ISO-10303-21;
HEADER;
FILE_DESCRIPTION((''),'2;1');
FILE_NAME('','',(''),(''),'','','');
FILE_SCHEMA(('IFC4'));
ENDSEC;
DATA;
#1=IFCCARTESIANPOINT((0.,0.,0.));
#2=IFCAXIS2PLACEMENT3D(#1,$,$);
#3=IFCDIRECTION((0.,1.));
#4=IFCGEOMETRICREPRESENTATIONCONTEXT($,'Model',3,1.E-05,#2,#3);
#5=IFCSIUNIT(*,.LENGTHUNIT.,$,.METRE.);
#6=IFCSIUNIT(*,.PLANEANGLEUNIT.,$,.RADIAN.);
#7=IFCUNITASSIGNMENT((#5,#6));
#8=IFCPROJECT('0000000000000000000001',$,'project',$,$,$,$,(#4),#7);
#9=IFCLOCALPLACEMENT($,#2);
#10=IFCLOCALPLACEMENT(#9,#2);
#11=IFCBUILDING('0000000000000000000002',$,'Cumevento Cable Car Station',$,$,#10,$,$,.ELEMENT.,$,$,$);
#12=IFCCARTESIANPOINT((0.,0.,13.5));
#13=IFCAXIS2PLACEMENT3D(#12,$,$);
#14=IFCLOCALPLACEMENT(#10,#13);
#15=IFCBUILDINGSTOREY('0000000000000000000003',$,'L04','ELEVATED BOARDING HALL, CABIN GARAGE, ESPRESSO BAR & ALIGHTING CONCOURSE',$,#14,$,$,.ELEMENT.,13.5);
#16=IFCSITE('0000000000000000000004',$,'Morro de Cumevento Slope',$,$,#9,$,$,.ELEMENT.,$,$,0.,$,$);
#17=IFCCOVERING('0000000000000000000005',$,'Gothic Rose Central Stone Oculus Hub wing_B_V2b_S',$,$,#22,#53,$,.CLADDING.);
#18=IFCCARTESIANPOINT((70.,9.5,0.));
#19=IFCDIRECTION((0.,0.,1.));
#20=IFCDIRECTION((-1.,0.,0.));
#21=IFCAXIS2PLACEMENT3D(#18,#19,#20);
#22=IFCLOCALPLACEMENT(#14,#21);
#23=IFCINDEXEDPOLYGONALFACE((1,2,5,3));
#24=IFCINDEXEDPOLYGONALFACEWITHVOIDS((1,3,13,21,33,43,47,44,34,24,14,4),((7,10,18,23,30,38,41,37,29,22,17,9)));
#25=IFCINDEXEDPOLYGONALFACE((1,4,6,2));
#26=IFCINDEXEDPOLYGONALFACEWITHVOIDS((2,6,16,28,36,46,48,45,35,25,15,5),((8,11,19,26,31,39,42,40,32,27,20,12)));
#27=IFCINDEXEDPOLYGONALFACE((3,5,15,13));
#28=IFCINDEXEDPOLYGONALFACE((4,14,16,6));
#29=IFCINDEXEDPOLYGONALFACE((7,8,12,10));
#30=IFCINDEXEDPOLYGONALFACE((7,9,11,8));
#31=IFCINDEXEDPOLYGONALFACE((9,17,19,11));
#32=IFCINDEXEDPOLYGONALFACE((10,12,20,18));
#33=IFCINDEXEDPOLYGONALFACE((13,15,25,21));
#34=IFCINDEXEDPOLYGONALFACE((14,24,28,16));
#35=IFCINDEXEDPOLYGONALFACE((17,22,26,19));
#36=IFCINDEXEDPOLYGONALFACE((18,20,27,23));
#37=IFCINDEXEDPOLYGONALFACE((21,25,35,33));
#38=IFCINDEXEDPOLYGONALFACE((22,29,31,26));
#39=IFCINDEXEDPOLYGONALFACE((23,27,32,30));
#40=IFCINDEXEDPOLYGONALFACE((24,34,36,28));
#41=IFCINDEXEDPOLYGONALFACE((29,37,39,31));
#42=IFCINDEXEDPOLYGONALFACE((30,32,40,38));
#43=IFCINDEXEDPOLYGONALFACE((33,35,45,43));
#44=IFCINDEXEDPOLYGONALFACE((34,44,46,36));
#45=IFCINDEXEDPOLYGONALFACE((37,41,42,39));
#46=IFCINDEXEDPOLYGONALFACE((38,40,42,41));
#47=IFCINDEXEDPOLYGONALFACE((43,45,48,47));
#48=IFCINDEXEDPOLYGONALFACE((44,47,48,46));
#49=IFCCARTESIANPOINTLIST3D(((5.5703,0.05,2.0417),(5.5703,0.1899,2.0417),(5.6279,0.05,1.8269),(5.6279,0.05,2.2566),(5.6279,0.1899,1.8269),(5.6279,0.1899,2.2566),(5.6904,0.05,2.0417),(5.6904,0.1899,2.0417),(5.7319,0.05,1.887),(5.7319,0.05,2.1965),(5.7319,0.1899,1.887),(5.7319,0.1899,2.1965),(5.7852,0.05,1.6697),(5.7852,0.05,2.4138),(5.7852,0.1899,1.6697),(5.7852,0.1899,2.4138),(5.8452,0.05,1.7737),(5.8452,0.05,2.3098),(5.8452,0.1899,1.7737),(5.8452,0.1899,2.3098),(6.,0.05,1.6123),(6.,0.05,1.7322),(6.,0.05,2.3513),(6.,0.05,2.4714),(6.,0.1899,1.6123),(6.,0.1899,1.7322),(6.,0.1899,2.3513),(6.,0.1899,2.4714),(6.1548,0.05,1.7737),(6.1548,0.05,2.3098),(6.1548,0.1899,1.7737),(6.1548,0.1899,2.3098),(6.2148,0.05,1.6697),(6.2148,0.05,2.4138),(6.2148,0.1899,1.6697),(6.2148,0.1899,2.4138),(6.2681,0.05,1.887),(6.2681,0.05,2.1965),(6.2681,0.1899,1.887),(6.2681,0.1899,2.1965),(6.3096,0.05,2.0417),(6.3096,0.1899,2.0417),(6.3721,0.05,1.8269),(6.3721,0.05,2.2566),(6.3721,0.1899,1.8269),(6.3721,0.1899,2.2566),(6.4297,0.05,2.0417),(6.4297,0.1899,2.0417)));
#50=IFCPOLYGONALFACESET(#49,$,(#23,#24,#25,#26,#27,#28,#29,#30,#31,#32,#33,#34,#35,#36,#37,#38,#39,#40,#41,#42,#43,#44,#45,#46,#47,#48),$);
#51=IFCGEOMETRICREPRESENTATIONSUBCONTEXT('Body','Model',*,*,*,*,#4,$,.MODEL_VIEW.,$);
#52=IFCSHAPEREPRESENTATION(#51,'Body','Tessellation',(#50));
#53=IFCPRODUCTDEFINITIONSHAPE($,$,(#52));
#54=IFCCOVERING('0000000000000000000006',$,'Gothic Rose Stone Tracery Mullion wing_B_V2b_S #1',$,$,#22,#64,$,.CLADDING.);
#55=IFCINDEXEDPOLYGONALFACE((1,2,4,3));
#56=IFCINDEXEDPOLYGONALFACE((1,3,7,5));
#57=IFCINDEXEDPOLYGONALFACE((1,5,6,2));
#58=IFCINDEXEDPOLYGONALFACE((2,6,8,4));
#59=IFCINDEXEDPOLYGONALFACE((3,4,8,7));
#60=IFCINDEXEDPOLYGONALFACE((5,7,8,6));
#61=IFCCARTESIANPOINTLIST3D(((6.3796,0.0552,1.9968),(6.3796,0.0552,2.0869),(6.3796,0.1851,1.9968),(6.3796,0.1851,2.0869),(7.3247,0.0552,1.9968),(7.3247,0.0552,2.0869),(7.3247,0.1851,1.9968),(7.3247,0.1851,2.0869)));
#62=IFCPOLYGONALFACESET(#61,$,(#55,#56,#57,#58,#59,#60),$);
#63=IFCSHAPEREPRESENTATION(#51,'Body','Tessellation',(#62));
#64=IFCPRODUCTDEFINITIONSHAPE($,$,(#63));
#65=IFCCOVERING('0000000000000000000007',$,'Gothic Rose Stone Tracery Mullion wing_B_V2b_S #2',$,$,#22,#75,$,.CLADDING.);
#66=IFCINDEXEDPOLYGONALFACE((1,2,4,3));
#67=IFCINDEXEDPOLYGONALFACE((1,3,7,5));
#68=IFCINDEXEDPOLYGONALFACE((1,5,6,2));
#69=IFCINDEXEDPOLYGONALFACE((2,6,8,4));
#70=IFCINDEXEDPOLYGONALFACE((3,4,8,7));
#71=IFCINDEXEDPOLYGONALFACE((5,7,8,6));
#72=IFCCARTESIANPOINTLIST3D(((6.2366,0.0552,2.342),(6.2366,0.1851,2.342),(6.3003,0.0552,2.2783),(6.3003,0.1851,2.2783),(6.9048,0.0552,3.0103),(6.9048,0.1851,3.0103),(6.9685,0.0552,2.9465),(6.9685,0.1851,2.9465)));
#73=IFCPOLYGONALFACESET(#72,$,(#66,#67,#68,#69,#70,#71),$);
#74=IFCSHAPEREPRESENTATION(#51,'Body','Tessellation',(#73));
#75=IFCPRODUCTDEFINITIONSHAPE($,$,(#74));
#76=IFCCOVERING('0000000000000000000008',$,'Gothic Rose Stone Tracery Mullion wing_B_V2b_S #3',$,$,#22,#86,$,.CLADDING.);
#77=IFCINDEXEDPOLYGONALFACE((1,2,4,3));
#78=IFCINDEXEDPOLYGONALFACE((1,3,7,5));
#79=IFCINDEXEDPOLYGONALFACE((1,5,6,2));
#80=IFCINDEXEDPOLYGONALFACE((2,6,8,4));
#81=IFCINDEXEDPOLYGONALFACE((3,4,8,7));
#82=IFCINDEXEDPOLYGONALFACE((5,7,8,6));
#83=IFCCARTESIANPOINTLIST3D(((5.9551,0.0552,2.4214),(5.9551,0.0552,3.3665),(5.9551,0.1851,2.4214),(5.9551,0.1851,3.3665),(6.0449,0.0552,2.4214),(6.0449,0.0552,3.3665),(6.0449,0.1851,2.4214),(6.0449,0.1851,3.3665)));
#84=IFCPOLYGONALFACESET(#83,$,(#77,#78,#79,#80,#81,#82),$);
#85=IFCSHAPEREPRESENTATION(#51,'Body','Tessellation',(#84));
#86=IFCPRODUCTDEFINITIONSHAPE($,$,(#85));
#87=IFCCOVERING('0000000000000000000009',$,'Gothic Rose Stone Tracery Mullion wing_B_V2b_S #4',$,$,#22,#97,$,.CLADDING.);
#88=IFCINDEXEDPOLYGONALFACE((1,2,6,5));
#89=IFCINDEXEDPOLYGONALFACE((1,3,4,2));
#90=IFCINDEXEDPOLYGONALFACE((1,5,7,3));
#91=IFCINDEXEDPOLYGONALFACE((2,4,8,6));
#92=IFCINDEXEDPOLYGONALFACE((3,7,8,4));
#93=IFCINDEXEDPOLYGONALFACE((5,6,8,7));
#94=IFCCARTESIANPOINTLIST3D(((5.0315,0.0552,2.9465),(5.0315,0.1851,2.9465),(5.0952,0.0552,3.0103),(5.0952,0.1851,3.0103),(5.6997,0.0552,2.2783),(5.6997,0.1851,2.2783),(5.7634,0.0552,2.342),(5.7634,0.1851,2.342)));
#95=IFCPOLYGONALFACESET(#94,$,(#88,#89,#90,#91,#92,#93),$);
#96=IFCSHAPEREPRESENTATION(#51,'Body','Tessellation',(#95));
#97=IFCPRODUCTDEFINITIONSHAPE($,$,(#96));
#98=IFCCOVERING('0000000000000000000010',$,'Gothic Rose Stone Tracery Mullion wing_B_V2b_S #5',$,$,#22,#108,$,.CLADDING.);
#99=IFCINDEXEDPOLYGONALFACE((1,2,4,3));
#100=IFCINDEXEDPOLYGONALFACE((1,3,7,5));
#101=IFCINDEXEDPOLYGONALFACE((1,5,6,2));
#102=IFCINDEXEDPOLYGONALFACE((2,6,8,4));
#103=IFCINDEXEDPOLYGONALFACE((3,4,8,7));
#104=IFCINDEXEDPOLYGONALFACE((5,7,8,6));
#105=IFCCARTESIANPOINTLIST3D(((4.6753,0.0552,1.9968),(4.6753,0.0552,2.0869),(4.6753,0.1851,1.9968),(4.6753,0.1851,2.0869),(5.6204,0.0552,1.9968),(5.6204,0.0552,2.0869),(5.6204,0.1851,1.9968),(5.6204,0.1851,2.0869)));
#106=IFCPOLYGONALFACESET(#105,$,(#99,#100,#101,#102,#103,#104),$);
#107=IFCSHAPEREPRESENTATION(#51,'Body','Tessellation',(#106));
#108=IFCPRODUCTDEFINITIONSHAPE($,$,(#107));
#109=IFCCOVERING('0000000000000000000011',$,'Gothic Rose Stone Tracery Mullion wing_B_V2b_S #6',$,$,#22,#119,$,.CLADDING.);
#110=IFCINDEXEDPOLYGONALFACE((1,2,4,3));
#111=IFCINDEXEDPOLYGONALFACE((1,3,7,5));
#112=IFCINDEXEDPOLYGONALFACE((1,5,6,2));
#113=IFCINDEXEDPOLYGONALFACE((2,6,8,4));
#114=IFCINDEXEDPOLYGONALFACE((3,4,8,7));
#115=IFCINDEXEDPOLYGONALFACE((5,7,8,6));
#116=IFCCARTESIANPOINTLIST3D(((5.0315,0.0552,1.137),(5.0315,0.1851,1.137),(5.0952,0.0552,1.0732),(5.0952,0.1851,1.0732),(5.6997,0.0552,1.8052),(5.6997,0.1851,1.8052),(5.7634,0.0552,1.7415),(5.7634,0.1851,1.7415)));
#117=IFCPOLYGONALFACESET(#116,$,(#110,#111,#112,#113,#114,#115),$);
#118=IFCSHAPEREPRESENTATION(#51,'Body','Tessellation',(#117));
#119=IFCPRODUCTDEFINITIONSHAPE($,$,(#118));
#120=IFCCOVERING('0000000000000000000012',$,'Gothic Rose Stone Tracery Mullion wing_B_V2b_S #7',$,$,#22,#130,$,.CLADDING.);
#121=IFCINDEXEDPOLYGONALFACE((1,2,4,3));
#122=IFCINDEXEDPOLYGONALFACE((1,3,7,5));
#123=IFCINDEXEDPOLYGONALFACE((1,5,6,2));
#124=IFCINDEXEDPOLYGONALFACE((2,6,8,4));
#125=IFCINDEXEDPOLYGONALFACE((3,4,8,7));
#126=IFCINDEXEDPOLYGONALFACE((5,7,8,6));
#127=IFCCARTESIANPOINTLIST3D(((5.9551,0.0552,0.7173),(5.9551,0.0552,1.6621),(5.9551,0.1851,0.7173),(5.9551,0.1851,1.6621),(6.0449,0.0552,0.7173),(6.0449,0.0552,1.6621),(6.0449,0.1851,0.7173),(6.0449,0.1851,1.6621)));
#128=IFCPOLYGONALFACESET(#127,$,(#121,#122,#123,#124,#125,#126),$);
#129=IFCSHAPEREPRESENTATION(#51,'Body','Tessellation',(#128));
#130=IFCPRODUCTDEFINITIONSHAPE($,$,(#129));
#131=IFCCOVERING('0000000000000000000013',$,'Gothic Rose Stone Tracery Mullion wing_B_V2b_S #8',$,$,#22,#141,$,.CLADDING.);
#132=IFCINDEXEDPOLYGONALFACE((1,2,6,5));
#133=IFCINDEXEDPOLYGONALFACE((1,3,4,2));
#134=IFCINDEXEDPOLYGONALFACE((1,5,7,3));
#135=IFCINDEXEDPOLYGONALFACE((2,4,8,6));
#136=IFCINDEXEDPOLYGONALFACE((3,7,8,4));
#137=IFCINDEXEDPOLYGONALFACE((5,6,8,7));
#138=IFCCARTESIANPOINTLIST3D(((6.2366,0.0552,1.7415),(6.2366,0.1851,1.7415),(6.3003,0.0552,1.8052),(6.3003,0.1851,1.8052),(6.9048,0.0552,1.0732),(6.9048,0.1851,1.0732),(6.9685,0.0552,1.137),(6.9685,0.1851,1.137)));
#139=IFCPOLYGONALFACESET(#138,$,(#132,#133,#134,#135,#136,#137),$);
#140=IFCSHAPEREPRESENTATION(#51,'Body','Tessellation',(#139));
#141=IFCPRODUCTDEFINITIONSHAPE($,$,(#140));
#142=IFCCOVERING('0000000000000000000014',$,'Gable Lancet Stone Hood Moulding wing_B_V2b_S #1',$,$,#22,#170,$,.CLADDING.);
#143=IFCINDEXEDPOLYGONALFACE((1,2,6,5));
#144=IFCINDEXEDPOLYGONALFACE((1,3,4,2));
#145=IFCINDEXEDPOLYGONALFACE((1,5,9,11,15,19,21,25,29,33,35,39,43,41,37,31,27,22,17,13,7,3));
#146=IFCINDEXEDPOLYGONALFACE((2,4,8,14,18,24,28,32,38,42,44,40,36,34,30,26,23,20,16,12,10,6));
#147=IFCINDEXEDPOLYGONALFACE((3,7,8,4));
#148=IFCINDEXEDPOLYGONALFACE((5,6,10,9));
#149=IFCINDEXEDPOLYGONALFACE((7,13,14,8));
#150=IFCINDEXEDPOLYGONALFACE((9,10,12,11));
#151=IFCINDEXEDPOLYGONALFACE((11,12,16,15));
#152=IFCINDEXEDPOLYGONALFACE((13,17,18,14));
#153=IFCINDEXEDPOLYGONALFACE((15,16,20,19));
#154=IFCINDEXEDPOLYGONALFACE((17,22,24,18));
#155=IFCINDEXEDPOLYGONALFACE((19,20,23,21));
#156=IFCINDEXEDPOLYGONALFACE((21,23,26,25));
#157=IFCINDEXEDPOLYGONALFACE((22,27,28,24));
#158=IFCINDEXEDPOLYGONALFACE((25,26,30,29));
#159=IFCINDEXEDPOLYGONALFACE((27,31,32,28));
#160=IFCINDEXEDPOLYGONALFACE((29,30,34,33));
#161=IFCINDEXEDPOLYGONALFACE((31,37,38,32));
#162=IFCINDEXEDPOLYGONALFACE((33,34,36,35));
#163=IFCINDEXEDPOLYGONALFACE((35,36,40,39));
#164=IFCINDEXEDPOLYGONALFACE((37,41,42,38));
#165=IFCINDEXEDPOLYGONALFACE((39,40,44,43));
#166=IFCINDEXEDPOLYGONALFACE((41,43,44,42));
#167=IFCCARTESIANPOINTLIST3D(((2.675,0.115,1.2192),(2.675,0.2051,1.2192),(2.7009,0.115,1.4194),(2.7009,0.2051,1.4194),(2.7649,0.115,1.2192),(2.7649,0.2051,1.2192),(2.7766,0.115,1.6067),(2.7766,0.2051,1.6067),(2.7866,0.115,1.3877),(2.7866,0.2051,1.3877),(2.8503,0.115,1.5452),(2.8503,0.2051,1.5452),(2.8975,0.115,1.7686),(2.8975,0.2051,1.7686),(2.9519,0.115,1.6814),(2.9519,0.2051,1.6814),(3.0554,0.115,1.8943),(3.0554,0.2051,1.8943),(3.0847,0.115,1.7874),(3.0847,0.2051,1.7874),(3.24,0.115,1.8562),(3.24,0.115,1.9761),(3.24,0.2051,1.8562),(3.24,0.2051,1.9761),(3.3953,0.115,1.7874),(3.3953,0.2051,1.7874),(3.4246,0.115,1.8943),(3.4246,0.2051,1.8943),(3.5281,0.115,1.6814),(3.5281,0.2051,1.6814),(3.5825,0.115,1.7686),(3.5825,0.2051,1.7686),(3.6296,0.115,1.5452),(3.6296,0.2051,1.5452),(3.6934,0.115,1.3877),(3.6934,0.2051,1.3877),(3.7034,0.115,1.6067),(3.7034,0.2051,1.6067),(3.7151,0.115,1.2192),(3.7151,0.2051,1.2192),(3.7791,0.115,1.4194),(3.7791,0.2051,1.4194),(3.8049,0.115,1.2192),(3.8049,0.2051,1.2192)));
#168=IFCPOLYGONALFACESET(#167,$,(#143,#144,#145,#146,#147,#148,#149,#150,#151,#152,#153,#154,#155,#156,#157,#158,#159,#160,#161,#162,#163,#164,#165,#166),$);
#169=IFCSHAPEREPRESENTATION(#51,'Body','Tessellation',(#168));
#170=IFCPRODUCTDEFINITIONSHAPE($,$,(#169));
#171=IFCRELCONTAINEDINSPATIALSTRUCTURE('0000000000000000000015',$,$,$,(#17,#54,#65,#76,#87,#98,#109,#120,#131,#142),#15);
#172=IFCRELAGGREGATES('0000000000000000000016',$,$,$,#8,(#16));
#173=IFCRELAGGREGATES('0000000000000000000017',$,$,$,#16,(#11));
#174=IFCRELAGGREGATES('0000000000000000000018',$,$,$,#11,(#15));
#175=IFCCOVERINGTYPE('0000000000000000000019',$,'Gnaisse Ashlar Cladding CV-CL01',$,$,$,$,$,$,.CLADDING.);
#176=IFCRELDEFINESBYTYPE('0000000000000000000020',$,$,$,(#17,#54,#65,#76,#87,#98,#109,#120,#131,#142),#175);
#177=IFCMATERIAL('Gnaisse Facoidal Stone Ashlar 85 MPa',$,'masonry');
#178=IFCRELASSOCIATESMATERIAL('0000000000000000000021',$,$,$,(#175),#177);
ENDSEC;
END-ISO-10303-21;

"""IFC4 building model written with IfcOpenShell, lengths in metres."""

from ifc_helpers import new_model, si_unit, direction, frame, origin, place, context, subcontext, project, spatial, polyline, outline, extrude, material, type_object, element, save


model = new_model("IFC4")

# Units and contexts
model_context = context("Model", 3, precision=1e-05, world=origin(), true_north=direction((0.0, 1.0)))
body_context = subcontext(model_context, "Body", "Model", "MODEL_VIEW")
ifc_project = project(units=[si_unit("LENGTHUNIT", "METRE"), si_unit("PLANEANGLEUNIT", "RADIAN")], contexts=[model_context])

# Site, building, storey
site_placement = place(None, origin())
site = spatial("IfcSite", under=ifc_project, at=site_placement, Name="Morro de Cumevento Slope", CompositionType="ELEMENT", RefElevation=0.0)
building_placement = place(site_placement, origin())
building = spatial("IfcBuilding", under=site, at=building_placement, Name="Cumevento Cable Car Station", CompositionType="ELEMENT")
storey_placement = place(building_placement, frame((0.0, 0.0, 13.5)))
storey = spatial("IfcBuildingStorey", under=building, at=storey_placement, Name="L04", Description="ELEVATED BOARDING HALL, CABIN GARAGE, ESPRESSO BAR & ALIGHTING CONCOURSE", CompositionType="ELEMENT", Elevation=13.5)

# Coverings
ifc_material_1 = material(Name="Gnaisse Facoidal Stone Ashlar 85 MPa", Category="masonry")
covering_type = type_object("IfcCoveringType", Name="Gnaisse Ashlar Cladding CV-CL01", PredefinedType="CLADDING", material=ifc_material_1)
placement = place(storey_placement, frame((70.0, 9.5, 0.0), z_axis=(0.0, 0.0, 1.0), x_axis=(-1.0, 0.0, 0.0)))
element("IfcCovering", 1, at=placement, inside=storey, type_object=covering_type, Name="Gothic Rose Central Stone Oculus Hub wing_B_V2b_S", PredefinedType="CLADDING", context=body_context, shape_type="SweptSolid", body=[
    extrude(outline(polyline([(6.4297, 2.0417), (6.3721, 2.2566), (6.2148, 2.4138), (6.0, 2.4714), (5.7852, 2.4138), (5.6279, 2.2566), (5.5703, 2.0417), (5.6279, 1.8269), (5.7852, 1.6697), (6.0, 1.6123), (6.2148, 1.6697), (6.3721, 1.8269), (6.4297, 2.0417)]), holes=[polyline([(6.3096, 2.0417), (6.2681, 2.1965), (6.1548, 2.3098), (6.0, 2.3513), (5.8452, 2.3098), (5.7319, 2.1965), (5.6904, 2.0417), (5.7319, 1.887), (5.8452, 1.7737), (6.0, 1.7322), (6.1548, 1.7737), (6.2681, 1.887), (6.3096, 2.0417)])]), frame((0.0, 0.1899, 0.0), z_axis=(0.0, -1.0, 0.0), x_axis=(1.0, 0.0, 0.0)), (0.0, 0.0, 1.0), 0.1399),
])
element("IfcCovering", 2, at=placement, inside=storey, type_object=covering_type, Name="Gothic Rose Stone Tracery Mullion wing_B_V2b_S #1", PredefinedType="CLADDING", context=body_context, shape_type="SweptSolid", body=[
    extrude(outline(polyline([(6.3796, 2.0869), (7.3247, 2.0869), (7.3247, 1.9968), (6.3796, 1.9968), (6.3796, 2.0869)])), frame((0.0, 0.1851, 0.0), z_axis=(0.0, -1.0, 0.0), x_axis=(1.0, 0.0, 0.0)), (0.0, 0.0, 1.0), 0.1299),
])
element("IfcCovering", 3, at=placement, inside=storey, type_object=covering_type, Name="Gothic Rose Stone Tracery Mullion wing_B_V2b_S #2", PredefinedType="CLADDING", context=body_context, shape_type="SweptSolid", body=[
    extrude(outline(polyline([(6.2366, 2.342), (6.9048, 3.0103), (6.9685, 2.9465), (6.3003, 2.2783), (6.2366, 2.342)])), frame((0.0, 0.1851, 0.0), z_axis=(0.0, -1.0, 0.0), x_axis=(1.0, 0.0, 0.0)), (0.0, 0.0, 1.0), 0.1299),
])
element("IfcCovering", 4, at=placement, inside=storey, type_object=covering_type, Name="Gothic Rose Stone Tracery Mullion wing_B_V2b_S #3", PredefinedType="CLADDING", context=body_context, shape_type="SweptSolid", body=[
    extrude(outline(polyline([(5.9551, 2.4214), (5.9551, 3.3665), (6.0449, 3.3665), (6.0449, 2.4214), (5.9551, 2.4214)])), frame((0.0, 0.1851, 0.0), z_axis=(0.0, -1.0, 0.0), x_axis=(1.0, 0.0, 0.0)), (0.0, 0.0, 1.0), 0.1299),
])
element("IfcCovering", 5, at=placement, inside=storey, type_object=covering_type, Name="Gothic Rose Stone Tracery Mullion wing_B_V2b_S #4", PredefinedType="CLADDING", context=body_context, shape_type="SweptSolid", body=[
    extrude(outline(polyline([(5.6997, 2.2783), (5.0315, 2.9465), (5.0952, 3.0103), (5.7634, 2.342), (5.6997, 2.2783)])), frame((0.0, 0.1851, 0.0), z_axis=(0.0, -1.0, 0.0), x_axis=(1.0, 0.0, 0.0)), (0.0, 0.0, 1.0), 0.1299),
])
element("IfcCovering", 6, at=placement, inside=storey, type_object=covering_type, Name="Gothic Rose Stone Tracery Mullion wing_B_V2b_S #5", PredefinedType="CLADDING", context=body_context, shape_type="SweptSolid", body=[
    extrude(outline(polyline([(5.6204, 1.9968), (4.6753, 1.9968), (4.6753, 2.0869), (5.6204, 2.0869), (5.6204, 1.9968)])), frame((0.0, 0.1851, 0.0), z_axis=(0.0, -1.0, 0.0), x_axis=(1.0, 0.0, 0.0)), (0.0, 0.0, 1.0), 0.1299),
])
element("IfcCovering", 7, at=placement, inside=storey, type_object=covering_type, Name="Gothic Rose Stone Tracery Mullion wing_B_V2b_S #6", PredefinedType="CLADDING", context=body_context, shape_type="SweptSolid", body=[
    extrude(outline(polyline([(5.7634, 1.7415), (5.0952, 1.0732), (5.0315, 1.137), (5.6997, 1.8052), (5.7634, 1.7415)])), frame((0.0, 0.1851, 0.0), z_axis=(0.0, -1.0, 0.0), x_axis=(1.0, 0.0, 0.0)), (0.0, 0.0, 1.0), 0.1299),
])
element("IfcCovering", 8, at=placement, inside=storey, type_object=covering_type, Name="Gothic Rose Stone Tracery Mullion wing_B_V2b_S #7", PredefinedType="CLADDING", context=body_context, shape_type="SweptSolid", body=[
    extrude(outline(polyline([(6.0449, 1.6621), (6.0449, 0.7173), (5.9551, 0.7173), (5.9551, 1.6621), (6.0449, 1.6621)])), frame((0.0, 0.1851, 0.0), z_axis=(0.0, -1.0, 0.0), x_axis=(1.0, 0.0, 0.0)), (0.0, 0.0, 1.0), 0.1299),
])
element("IfcCovering", 9, at=placement, inside=storey, type_object=covering_type, Name="Gothic Rose Stone Tracery Mullion wing_B_V2b_S #8", PredefinedType="CLADDING", context=body_context, shape_type="SweptSolid", body=[
    extrude(outline(polyline([(6.3003, 1.8052), (6.9685, 1.137), (6.9048, 1.0732), (6.2366, 1.7415), (6.3003, 1.8052)])), frame((0.0, 0.1851, 0.0), z_axis=(0.0, -1.0, 0.0), x_axis=(1.0, 0.0, 0.0)), (0.0, 0.0, 1.0), 0.1299),
])
element("IfcCovering", 10, at=placement, inside=storey, type_object=covering_type, Name="Gable Lancet Stone Hood Moulding wing_B_V2b_S #1", PredefinedType="CLADDING", context=body_context, shape_type="SweptSolid", body=[
    extrude(outline(polyline([(2.7649, 1.2192), (2.7866, 1.3877), (2.8503, 1.5452), (2.9519, 1.6814), (3.0847, 1.7874), (3.24, 1.8562), (3.3953, 1.7874), (3.5281, 1.6814), (3.6296, 1.5452), (3.6934, 1.3877), (3.7151, 1.2192), (3.8049, 1.2192), (3.7791, 1.4194), (3.7034, 1.6067), (3.5825, 1.7686), (3.4246, 1.8943), (3.24, 1.9761), (3.0554, 1.8943), (2.8975, 1.7686), (2.7766, 1.6067), (2.7009, 1.4194), (2.675, 1.2192), (2.7649, 1.2192)])), frame((0.0, 0.2051, 0.0), z_axis=(0.0, -1.0, 0.0), x_axis=(1.0, 0.0, 0.0)), (0.0, 0.0, 1.0), 0.0901),
])

save(model, "model.ifc")
